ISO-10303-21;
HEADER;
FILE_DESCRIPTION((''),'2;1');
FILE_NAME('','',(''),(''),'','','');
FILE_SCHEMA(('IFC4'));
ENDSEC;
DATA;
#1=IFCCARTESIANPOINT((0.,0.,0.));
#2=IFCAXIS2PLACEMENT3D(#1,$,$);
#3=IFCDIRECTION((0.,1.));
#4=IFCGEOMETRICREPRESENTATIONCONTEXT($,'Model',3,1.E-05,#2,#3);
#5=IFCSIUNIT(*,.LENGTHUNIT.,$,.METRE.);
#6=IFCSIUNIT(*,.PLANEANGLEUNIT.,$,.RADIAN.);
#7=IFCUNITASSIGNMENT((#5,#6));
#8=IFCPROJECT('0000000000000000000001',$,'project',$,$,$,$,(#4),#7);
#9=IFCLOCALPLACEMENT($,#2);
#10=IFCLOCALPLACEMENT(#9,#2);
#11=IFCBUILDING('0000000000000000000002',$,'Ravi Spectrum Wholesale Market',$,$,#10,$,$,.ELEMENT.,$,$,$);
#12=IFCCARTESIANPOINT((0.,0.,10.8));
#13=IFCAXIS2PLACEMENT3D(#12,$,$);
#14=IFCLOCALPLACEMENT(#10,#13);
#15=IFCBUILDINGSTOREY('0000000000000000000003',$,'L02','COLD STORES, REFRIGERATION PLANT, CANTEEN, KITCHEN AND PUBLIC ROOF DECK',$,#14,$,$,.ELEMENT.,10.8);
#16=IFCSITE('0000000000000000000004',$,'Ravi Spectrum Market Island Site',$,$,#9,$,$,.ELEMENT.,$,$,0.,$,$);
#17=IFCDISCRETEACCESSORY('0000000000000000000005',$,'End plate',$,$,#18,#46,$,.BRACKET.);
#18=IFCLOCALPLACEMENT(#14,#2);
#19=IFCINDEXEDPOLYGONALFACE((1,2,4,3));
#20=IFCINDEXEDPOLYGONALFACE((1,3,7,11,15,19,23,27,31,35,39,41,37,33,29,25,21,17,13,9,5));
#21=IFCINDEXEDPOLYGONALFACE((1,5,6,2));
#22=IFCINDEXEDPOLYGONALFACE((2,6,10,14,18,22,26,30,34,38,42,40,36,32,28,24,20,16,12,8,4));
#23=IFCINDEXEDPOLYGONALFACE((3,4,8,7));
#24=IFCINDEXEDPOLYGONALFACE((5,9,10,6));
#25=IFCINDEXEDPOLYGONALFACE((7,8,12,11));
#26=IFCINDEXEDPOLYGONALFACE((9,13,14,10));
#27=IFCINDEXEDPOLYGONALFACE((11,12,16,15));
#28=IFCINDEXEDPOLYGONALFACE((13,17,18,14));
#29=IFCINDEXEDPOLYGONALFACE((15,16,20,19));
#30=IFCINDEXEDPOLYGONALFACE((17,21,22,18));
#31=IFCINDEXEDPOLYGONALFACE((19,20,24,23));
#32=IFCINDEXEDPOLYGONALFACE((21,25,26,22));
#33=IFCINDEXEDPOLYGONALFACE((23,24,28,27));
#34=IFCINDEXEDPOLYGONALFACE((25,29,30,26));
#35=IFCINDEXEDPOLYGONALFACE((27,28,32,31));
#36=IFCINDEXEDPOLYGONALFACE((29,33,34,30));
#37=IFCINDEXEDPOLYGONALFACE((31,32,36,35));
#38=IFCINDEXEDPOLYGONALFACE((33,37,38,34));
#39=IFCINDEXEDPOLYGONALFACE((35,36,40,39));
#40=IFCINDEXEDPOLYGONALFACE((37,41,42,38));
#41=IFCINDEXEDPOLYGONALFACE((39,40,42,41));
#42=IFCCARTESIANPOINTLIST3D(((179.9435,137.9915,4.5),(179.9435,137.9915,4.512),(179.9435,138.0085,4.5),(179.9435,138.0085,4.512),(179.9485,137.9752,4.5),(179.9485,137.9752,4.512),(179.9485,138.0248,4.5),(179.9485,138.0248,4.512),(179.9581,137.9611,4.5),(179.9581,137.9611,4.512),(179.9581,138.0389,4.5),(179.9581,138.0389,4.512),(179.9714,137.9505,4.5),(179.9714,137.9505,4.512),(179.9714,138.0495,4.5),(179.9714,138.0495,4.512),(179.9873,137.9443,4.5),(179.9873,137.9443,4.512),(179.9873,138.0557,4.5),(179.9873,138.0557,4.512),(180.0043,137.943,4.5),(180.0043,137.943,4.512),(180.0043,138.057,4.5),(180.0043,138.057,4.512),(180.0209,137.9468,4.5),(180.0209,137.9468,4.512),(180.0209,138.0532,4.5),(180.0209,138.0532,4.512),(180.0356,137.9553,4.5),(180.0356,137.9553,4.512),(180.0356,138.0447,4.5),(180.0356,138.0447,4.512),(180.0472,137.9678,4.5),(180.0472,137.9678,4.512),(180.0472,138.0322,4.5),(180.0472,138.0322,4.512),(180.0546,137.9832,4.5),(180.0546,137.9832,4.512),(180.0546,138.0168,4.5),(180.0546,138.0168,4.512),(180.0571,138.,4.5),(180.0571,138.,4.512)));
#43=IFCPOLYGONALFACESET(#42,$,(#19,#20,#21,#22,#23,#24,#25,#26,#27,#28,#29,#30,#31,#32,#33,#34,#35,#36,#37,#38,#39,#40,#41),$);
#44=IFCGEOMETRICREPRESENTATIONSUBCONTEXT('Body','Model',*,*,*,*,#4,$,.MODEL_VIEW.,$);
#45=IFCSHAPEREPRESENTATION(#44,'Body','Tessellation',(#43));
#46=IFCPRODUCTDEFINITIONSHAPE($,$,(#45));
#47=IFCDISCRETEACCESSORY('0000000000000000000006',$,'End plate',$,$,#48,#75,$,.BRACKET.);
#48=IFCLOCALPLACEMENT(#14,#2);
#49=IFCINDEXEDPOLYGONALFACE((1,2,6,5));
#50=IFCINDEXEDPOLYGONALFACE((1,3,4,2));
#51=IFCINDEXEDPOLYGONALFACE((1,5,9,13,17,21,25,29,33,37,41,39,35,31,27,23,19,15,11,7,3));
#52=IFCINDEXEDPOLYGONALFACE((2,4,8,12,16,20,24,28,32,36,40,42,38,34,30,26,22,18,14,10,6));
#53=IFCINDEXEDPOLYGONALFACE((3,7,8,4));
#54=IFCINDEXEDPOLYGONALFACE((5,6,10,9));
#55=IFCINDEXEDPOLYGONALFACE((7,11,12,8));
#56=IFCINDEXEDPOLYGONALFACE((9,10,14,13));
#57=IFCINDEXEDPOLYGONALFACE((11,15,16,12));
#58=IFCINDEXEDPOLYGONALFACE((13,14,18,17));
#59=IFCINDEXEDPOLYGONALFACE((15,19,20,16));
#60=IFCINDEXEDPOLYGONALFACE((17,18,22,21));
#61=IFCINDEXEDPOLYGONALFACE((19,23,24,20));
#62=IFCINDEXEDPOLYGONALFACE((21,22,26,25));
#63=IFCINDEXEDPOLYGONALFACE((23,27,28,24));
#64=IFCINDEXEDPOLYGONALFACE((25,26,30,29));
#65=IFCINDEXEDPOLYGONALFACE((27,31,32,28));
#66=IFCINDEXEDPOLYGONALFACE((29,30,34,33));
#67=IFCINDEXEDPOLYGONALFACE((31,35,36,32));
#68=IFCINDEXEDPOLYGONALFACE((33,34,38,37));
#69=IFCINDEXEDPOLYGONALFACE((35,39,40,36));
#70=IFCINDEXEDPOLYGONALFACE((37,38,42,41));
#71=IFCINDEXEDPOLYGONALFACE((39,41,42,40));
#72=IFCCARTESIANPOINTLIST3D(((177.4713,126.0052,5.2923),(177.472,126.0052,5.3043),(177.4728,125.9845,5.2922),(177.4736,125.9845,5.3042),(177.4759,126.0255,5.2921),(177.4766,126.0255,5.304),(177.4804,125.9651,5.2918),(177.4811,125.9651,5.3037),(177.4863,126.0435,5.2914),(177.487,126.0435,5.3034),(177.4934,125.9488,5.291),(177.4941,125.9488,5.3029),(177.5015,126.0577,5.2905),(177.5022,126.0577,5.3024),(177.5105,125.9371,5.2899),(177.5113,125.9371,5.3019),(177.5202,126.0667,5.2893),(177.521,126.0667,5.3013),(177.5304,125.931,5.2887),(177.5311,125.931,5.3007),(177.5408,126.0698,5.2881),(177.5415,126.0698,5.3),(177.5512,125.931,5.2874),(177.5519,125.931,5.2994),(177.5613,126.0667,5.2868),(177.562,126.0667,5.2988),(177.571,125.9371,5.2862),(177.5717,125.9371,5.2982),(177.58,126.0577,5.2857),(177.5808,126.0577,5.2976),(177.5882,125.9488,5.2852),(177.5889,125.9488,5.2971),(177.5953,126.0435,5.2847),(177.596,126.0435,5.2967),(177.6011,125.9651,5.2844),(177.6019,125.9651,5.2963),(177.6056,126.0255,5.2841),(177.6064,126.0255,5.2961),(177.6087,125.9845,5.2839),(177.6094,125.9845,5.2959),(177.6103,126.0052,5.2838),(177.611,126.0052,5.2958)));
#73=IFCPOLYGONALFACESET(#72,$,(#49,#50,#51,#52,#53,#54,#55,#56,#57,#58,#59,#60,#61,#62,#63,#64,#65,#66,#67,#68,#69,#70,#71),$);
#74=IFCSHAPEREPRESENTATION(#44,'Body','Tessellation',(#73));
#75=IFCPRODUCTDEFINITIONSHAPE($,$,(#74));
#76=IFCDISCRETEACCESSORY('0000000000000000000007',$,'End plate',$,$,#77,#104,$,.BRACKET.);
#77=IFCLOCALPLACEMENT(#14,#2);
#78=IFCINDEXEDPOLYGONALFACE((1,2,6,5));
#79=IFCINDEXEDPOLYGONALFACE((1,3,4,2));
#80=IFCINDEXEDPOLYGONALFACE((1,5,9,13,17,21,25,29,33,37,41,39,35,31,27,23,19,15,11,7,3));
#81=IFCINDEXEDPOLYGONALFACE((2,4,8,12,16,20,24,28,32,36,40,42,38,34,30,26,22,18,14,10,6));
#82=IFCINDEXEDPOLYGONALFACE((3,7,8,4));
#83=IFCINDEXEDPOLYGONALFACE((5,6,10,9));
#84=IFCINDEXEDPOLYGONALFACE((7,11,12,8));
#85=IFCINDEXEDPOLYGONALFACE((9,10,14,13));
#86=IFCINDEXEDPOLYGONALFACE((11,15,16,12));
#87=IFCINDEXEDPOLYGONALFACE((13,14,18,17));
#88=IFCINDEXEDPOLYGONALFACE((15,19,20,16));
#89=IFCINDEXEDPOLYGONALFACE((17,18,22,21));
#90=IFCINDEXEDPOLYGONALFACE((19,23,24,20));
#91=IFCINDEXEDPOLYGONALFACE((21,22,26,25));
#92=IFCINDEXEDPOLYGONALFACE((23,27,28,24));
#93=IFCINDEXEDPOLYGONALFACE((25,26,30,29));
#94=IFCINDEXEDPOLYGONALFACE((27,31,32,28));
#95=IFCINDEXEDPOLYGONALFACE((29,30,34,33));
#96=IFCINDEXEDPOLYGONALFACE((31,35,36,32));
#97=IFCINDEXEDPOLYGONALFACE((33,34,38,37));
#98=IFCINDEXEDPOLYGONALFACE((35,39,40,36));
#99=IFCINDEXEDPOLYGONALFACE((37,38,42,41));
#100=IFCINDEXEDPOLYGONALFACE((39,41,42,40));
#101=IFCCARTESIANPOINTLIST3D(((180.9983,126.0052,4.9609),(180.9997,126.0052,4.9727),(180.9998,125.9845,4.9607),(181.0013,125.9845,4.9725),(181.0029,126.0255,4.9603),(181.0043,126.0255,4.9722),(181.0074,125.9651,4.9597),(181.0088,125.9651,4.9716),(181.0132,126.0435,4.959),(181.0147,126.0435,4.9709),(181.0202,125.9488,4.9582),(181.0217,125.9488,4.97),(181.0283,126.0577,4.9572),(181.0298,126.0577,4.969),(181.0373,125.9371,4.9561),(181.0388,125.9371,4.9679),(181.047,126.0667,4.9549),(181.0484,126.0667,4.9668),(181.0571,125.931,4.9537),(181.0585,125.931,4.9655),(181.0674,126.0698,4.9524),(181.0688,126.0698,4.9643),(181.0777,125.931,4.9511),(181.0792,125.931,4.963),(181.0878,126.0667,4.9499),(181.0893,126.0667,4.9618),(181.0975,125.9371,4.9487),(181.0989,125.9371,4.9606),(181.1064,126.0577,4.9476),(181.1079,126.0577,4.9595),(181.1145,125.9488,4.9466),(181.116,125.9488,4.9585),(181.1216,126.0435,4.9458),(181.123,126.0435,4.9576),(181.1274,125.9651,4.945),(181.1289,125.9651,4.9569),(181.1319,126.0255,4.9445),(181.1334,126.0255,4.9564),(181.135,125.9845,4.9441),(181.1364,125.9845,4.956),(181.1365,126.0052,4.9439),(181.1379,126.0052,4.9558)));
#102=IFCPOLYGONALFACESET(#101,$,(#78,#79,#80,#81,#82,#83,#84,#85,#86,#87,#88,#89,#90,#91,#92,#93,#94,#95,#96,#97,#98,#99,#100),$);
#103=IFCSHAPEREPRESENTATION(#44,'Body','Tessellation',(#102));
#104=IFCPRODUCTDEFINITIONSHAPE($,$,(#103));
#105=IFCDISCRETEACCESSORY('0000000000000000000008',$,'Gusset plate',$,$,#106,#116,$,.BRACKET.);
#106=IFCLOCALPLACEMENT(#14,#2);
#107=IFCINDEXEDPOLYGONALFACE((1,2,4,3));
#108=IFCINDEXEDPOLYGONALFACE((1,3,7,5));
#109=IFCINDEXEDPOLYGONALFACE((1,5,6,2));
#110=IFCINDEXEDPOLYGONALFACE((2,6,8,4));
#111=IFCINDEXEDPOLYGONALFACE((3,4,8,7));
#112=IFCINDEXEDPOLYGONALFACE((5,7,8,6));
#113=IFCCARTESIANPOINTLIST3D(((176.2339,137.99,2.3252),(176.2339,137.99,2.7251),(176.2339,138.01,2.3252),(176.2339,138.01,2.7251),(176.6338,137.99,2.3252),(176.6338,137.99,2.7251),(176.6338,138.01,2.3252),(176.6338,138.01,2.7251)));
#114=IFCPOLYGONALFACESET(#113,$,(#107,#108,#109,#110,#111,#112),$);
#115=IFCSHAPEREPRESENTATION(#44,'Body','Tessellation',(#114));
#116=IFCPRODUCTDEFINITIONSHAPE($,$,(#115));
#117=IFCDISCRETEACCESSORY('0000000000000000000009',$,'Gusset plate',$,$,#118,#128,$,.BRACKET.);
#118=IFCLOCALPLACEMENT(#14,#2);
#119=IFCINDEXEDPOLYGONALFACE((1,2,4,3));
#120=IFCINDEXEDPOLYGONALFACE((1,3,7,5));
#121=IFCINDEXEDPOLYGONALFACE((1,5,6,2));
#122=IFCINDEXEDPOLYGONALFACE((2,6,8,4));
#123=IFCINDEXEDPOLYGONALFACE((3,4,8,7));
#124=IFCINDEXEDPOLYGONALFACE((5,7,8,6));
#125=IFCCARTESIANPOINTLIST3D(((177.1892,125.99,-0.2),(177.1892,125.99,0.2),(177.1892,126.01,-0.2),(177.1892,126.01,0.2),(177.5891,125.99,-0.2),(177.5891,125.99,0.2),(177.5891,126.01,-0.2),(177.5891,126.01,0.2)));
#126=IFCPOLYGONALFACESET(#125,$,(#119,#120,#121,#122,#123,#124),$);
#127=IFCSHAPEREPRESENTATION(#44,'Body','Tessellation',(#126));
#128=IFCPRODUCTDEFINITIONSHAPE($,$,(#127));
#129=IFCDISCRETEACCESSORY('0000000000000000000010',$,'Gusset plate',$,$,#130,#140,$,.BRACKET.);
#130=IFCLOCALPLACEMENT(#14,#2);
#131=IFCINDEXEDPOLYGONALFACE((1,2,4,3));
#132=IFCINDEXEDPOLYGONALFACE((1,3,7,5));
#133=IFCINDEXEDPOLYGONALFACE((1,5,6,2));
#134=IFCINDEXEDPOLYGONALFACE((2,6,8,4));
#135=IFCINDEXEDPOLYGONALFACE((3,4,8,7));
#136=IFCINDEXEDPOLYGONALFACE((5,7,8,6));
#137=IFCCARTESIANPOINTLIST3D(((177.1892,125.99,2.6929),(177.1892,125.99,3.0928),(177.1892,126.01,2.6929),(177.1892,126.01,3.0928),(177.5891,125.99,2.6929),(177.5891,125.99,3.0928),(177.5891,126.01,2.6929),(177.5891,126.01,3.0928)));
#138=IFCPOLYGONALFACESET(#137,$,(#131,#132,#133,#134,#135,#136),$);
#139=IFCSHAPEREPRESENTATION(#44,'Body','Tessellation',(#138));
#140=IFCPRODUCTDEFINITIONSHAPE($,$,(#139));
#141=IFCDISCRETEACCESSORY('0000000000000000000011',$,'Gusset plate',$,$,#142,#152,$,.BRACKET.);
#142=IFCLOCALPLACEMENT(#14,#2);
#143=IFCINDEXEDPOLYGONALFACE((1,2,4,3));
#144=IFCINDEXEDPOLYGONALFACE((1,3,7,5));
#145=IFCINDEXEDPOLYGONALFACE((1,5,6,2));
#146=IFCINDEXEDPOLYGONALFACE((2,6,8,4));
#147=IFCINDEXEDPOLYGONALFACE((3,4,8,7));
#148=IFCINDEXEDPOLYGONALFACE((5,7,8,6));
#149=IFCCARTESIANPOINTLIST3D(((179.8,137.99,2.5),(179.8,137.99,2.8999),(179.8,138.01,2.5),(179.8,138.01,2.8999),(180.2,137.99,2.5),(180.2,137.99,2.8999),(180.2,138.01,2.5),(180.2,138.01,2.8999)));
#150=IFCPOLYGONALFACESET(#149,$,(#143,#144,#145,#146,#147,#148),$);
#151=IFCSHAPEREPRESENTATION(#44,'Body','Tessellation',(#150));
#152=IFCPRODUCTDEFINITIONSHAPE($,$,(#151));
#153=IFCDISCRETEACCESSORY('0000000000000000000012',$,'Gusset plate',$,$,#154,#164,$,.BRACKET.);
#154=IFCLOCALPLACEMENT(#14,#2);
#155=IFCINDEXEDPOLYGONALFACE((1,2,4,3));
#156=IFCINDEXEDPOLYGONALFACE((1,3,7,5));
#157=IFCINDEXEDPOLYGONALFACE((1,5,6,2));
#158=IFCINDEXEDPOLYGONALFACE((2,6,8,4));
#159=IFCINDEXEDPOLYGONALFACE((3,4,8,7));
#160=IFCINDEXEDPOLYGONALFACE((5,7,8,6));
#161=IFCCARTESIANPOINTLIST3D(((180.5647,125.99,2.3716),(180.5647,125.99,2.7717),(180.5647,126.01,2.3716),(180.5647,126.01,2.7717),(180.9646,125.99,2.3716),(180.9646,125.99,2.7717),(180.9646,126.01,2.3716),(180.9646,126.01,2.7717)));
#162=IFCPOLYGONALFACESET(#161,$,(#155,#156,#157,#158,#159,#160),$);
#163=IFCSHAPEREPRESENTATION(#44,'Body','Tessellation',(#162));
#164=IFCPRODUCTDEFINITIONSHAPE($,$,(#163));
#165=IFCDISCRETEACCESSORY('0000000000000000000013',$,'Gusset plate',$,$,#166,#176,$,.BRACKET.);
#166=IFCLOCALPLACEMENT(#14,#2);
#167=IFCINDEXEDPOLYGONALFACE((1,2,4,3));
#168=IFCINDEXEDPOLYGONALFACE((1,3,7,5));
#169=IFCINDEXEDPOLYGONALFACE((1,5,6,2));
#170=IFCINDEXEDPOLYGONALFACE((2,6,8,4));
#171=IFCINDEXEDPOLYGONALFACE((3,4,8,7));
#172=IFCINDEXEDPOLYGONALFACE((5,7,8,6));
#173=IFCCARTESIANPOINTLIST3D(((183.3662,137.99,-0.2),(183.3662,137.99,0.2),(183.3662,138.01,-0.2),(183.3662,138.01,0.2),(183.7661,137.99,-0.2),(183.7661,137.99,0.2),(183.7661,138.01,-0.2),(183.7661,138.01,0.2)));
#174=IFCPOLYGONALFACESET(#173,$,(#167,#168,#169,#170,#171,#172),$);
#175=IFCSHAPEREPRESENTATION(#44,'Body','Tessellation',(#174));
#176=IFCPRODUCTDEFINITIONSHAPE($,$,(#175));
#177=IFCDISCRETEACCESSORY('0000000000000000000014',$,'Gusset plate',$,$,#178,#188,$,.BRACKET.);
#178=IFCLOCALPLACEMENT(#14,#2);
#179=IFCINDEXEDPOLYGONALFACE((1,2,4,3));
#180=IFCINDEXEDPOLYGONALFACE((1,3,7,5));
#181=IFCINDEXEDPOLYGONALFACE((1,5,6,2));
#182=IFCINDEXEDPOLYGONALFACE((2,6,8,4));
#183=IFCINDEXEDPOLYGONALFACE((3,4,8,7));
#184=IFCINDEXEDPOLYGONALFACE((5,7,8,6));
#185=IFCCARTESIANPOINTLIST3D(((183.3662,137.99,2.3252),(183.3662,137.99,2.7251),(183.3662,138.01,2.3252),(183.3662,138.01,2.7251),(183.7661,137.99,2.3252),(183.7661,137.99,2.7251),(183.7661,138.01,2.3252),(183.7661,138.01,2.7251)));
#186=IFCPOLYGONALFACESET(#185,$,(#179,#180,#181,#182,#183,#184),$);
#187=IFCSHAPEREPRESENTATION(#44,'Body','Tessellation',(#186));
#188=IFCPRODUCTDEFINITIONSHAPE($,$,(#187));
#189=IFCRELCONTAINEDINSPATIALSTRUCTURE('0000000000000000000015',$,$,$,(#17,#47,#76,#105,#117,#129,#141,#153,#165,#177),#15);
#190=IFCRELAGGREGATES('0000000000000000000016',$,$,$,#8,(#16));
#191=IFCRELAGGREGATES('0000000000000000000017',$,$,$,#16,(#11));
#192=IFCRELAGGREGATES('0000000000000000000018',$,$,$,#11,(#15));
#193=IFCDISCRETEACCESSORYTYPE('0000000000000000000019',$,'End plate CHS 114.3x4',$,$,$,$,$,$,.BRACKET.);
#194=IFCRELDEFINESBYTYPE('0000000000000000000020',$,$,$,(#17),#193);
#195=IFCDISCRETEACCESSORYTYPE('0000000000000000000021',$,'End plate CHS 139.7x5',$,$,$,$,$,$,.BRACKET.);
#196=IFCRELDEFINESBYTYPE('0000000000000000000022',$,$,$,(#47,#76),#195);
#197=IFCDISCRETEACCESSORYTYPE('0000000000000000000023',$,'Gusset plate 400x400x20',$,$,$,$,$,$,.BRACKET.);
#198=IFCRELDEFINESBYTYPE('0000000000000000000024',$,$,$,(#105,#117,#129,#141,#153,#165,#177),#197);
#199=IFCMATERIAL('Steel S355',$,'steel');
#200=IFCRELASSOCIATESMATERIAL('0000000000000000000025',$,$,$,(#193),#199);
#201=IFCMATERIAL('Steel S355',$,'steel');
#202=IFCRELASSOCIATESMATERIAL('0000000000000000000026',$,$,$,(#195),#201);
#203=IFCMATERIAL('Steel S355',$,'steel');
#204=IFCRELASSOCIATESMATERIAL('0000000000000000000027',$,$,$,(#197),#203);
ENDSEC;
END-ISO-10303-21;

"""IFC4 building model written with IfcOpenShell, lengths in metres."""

from ifc_helpers import new_model, si_unit, direction, frame, origin, origin_2d, place, context, subcontext, project, spatial, rectangle, circle, extrude, material, material_profile, profile_set, type_object, element, save


model = new_model("IFC4")

# Units and contexts
model_context = context("Model", 3, precision=1e-05, world=origin(), true_north=direction((0.0, 1.0)))
body_context = subcontext(model_context, "Body", "Model", "MODEL_VIEW")
ifc_project = project(units=[si_unit("LENGTHUNIT", "METRE"), si_unit("PLANEANGLEUNIT", "RADIAN")], contexts=[model_context])

# Site, building, storey
site_placement = place(None, origin())
site = spatial("IfcSite", under=ifc_project, at=site_placement, Name="Ravi Spectrum Market Island Site", CompositionType="ELEMENT", RefElevation=0.0)
building_placement = place(site_placement, origin())
building = spatial("IfcBuilding", under=site, at=building_placement, Name="Ravi Spectrum Wholesale Market", CompositionType="ELEMENT")
storey_placement = place(building_placement, frame((0.0, 0.0, 10.8)))
storey = spatial("IfcBuildingStorey", under=building, at=storey_placement, Name="L02", Description="COLD STORES, REFRIGERATION PLANT, CANTEEN, KITCHEN AND PUBLIC ROOF DECK", CompositionType="ELEMENT", Elevation=10.8)

# Discrete accessories
ifc_material_1 = material(Name="Steel S355", Category="steel")
ifc_material_profile_1 = material_profile(ifc_material_1, circle(Radius=0.0571, at=origin_2d()))
ifc_profile_set_1 = profile_set([ifc_material_profile_1], Name="Steel S355")
discrete_accessory_type_1 = type_object("IfcDiscreteAccessoryType", Name="End plate CHS 114.3x4", PredefinedType="BRACKET", material=ifc_profile_set_1)
for number, where, z_axis, x_axis, name in (
    (1, (180.0, 138.0, 4.5), (0.0, 0.0, 1.0), (1.0, 0.0, 0.0), "End plate"),
):
    element("IfcDiscreteAccessory", number, at=place(storey_placement, frame(where, z_axis=z_axis, x_axis=x_axis)), inside=storey, type_object=discrete_accessory_type_1, Name=name, PredefinedType="BRACKET", context=body_context, shape_type="SweptSolid", body=[
        extrude(circle(Radius=0.0571, at=origin_2d()), origin(), (0.0, 0.0, 1.0), 0.012),
    ])
ifc_material_2 = material(Name="Steel S355", Category="steel")
ifc_material_profile_2 = material_profile(ifc_material_2, circle(Radius=0.0698, at=origin_2d()))
ifc_profile_set_2 = profile_set([ifc_material_profile_2], Name="Steel S355")
discrete_accessory_type_2 = type_object("IfcDiscreteAccessoryType", Name="End plate CHS 139.7x5", PredefinedType="BRACKET", material=ifc_profile_set_2)
for number, where, z_axis, x_axis, name in (
    (2, (177.5408, 126.0, 5.2881), (0.06111, 0.0, 0.998131), (0.0, 1.0, 0.0), "End plate"),
    (3, (181.0674, 126.0, 4.9524), (0.121541, 0.0, 0.992586), (0.0, 1.0, 0.0), "End plate"),
):
    element("IfcDiscreteAccessory", number, at=place(storey_placement, frame(where, z_axis=z_axis, x_axis=x_axis)), inside=storey, type_object=discrete_accessory_type_2, Name=name, PredefinedType="BRACKET", context=body_context, shape_type="SweptSolid", body=[
        extrude(circle(Radius=0.0698, at=origin_2d()), origin(), (0.0, 0.0, 1.0), 0.012),
    ])
ifc_material_3 = material(Name="Steel S355", Category="steel")
ifc_material_profile_3 = material_profile(ifc_material_3, rectangle(XDim=0.3999, YDim=0.02, at=origin_2d()))
ifc_profile_set_3 = profile_set([ifc_material_profile_3], Name="Steel S355")
discrete_accessory_type_3 = type_object("IfcDiscreteAccessoryType", Name="Gusset plate 400x400x20", PredefinedType="BRACKET", material=ifc_profile_set_3)
for number, where, z_axis, x_axis, name in (
    (4, (176.4338, 138.0, 2.3252), (0.0, 0.0, 1.0), (1.0, 0.0, 0.0), "Gusset plate"),
    (5, (177.3892, 126.0, -0.2), (0.0, 0.0, 1.0), (1.0, 0.0, 0.0), "Gusset plate"),
    (6, (177.3892, 126.0, 2.6929), (0.0, 0.0, 1.0), (-1.0, 0.0, 0.0), "Gusset plate"),
    (7, (180.0, 138.0, 2.5), (0.0, 0.0, 1.0), (1.0, 0.0, 0.0), "Gusset plate"),
):
    element("IfcDiscreteAccessory", number, at=place(storey_placement, frame(where, z_axis=z_axis, x_axis=x_axis)), inside=storey, type_object=discrete_accessory_type_3, Name=name, PredefinedType="BRACKET", context=body_context, shape_type="SweptSolid", body=[
        extrude(rectangle(XDim=0.3999, YDim=0.02, at=origin_2d()), origin(), (0.0, 0.0, 1.0), 0.3999),
    ])
discrete_accessory_placement = place(storey_placement, frame((180.7646, 126.0, 2.3716), z_axis=(0.0, 0.0, 1.0), x_axis=(-1.0, 0.0, 0.0)))
element("IfcDiscreteAccessory", 8, at=discrete_accessory_placement, inside=storey, type_object=discrete_accessory_type_3, Name="Gusset plate", PredefinedType="BRACKET", context=body_context, shape_type="SweptSolid", body=[
    extrude(rectangle(XDim=0.3999, YDim=0.02, at=origin_2d()), origin(), (0.0, 0.0, 1.0), 0.4001),
])
for number, where, z_axis, x_axis, name in (
    (9, (183.5662, 138.0, -0.2), (0.0, 0.0, 1.0), (1.0, 0.0, 0.0), "Gusset plate"),
    (10, (183.5662, 138.0, 2.3252), (0.0, 0.0, 1.0), (-1.0, 0.0, 0.0), "Gusset plate"),
):
    element("IfcDiscreteAccessory", number, at=place(storey_placement, frame(where, z_axis=z_axis, x_axis=x_axis)), inside=storey, type_object=discrete_accessory_type_3, Name=name, PredefinedType="BRACKET", context=body_context, shape_type="SweptSolid", body=[
        extrude(rectangle(XDim=0.3999, YDim=0.02, at=origin_2d()), origin(), (0.0, 0.0, 1.0), 0.3999),
    ])

save(model, "model.ifc")
